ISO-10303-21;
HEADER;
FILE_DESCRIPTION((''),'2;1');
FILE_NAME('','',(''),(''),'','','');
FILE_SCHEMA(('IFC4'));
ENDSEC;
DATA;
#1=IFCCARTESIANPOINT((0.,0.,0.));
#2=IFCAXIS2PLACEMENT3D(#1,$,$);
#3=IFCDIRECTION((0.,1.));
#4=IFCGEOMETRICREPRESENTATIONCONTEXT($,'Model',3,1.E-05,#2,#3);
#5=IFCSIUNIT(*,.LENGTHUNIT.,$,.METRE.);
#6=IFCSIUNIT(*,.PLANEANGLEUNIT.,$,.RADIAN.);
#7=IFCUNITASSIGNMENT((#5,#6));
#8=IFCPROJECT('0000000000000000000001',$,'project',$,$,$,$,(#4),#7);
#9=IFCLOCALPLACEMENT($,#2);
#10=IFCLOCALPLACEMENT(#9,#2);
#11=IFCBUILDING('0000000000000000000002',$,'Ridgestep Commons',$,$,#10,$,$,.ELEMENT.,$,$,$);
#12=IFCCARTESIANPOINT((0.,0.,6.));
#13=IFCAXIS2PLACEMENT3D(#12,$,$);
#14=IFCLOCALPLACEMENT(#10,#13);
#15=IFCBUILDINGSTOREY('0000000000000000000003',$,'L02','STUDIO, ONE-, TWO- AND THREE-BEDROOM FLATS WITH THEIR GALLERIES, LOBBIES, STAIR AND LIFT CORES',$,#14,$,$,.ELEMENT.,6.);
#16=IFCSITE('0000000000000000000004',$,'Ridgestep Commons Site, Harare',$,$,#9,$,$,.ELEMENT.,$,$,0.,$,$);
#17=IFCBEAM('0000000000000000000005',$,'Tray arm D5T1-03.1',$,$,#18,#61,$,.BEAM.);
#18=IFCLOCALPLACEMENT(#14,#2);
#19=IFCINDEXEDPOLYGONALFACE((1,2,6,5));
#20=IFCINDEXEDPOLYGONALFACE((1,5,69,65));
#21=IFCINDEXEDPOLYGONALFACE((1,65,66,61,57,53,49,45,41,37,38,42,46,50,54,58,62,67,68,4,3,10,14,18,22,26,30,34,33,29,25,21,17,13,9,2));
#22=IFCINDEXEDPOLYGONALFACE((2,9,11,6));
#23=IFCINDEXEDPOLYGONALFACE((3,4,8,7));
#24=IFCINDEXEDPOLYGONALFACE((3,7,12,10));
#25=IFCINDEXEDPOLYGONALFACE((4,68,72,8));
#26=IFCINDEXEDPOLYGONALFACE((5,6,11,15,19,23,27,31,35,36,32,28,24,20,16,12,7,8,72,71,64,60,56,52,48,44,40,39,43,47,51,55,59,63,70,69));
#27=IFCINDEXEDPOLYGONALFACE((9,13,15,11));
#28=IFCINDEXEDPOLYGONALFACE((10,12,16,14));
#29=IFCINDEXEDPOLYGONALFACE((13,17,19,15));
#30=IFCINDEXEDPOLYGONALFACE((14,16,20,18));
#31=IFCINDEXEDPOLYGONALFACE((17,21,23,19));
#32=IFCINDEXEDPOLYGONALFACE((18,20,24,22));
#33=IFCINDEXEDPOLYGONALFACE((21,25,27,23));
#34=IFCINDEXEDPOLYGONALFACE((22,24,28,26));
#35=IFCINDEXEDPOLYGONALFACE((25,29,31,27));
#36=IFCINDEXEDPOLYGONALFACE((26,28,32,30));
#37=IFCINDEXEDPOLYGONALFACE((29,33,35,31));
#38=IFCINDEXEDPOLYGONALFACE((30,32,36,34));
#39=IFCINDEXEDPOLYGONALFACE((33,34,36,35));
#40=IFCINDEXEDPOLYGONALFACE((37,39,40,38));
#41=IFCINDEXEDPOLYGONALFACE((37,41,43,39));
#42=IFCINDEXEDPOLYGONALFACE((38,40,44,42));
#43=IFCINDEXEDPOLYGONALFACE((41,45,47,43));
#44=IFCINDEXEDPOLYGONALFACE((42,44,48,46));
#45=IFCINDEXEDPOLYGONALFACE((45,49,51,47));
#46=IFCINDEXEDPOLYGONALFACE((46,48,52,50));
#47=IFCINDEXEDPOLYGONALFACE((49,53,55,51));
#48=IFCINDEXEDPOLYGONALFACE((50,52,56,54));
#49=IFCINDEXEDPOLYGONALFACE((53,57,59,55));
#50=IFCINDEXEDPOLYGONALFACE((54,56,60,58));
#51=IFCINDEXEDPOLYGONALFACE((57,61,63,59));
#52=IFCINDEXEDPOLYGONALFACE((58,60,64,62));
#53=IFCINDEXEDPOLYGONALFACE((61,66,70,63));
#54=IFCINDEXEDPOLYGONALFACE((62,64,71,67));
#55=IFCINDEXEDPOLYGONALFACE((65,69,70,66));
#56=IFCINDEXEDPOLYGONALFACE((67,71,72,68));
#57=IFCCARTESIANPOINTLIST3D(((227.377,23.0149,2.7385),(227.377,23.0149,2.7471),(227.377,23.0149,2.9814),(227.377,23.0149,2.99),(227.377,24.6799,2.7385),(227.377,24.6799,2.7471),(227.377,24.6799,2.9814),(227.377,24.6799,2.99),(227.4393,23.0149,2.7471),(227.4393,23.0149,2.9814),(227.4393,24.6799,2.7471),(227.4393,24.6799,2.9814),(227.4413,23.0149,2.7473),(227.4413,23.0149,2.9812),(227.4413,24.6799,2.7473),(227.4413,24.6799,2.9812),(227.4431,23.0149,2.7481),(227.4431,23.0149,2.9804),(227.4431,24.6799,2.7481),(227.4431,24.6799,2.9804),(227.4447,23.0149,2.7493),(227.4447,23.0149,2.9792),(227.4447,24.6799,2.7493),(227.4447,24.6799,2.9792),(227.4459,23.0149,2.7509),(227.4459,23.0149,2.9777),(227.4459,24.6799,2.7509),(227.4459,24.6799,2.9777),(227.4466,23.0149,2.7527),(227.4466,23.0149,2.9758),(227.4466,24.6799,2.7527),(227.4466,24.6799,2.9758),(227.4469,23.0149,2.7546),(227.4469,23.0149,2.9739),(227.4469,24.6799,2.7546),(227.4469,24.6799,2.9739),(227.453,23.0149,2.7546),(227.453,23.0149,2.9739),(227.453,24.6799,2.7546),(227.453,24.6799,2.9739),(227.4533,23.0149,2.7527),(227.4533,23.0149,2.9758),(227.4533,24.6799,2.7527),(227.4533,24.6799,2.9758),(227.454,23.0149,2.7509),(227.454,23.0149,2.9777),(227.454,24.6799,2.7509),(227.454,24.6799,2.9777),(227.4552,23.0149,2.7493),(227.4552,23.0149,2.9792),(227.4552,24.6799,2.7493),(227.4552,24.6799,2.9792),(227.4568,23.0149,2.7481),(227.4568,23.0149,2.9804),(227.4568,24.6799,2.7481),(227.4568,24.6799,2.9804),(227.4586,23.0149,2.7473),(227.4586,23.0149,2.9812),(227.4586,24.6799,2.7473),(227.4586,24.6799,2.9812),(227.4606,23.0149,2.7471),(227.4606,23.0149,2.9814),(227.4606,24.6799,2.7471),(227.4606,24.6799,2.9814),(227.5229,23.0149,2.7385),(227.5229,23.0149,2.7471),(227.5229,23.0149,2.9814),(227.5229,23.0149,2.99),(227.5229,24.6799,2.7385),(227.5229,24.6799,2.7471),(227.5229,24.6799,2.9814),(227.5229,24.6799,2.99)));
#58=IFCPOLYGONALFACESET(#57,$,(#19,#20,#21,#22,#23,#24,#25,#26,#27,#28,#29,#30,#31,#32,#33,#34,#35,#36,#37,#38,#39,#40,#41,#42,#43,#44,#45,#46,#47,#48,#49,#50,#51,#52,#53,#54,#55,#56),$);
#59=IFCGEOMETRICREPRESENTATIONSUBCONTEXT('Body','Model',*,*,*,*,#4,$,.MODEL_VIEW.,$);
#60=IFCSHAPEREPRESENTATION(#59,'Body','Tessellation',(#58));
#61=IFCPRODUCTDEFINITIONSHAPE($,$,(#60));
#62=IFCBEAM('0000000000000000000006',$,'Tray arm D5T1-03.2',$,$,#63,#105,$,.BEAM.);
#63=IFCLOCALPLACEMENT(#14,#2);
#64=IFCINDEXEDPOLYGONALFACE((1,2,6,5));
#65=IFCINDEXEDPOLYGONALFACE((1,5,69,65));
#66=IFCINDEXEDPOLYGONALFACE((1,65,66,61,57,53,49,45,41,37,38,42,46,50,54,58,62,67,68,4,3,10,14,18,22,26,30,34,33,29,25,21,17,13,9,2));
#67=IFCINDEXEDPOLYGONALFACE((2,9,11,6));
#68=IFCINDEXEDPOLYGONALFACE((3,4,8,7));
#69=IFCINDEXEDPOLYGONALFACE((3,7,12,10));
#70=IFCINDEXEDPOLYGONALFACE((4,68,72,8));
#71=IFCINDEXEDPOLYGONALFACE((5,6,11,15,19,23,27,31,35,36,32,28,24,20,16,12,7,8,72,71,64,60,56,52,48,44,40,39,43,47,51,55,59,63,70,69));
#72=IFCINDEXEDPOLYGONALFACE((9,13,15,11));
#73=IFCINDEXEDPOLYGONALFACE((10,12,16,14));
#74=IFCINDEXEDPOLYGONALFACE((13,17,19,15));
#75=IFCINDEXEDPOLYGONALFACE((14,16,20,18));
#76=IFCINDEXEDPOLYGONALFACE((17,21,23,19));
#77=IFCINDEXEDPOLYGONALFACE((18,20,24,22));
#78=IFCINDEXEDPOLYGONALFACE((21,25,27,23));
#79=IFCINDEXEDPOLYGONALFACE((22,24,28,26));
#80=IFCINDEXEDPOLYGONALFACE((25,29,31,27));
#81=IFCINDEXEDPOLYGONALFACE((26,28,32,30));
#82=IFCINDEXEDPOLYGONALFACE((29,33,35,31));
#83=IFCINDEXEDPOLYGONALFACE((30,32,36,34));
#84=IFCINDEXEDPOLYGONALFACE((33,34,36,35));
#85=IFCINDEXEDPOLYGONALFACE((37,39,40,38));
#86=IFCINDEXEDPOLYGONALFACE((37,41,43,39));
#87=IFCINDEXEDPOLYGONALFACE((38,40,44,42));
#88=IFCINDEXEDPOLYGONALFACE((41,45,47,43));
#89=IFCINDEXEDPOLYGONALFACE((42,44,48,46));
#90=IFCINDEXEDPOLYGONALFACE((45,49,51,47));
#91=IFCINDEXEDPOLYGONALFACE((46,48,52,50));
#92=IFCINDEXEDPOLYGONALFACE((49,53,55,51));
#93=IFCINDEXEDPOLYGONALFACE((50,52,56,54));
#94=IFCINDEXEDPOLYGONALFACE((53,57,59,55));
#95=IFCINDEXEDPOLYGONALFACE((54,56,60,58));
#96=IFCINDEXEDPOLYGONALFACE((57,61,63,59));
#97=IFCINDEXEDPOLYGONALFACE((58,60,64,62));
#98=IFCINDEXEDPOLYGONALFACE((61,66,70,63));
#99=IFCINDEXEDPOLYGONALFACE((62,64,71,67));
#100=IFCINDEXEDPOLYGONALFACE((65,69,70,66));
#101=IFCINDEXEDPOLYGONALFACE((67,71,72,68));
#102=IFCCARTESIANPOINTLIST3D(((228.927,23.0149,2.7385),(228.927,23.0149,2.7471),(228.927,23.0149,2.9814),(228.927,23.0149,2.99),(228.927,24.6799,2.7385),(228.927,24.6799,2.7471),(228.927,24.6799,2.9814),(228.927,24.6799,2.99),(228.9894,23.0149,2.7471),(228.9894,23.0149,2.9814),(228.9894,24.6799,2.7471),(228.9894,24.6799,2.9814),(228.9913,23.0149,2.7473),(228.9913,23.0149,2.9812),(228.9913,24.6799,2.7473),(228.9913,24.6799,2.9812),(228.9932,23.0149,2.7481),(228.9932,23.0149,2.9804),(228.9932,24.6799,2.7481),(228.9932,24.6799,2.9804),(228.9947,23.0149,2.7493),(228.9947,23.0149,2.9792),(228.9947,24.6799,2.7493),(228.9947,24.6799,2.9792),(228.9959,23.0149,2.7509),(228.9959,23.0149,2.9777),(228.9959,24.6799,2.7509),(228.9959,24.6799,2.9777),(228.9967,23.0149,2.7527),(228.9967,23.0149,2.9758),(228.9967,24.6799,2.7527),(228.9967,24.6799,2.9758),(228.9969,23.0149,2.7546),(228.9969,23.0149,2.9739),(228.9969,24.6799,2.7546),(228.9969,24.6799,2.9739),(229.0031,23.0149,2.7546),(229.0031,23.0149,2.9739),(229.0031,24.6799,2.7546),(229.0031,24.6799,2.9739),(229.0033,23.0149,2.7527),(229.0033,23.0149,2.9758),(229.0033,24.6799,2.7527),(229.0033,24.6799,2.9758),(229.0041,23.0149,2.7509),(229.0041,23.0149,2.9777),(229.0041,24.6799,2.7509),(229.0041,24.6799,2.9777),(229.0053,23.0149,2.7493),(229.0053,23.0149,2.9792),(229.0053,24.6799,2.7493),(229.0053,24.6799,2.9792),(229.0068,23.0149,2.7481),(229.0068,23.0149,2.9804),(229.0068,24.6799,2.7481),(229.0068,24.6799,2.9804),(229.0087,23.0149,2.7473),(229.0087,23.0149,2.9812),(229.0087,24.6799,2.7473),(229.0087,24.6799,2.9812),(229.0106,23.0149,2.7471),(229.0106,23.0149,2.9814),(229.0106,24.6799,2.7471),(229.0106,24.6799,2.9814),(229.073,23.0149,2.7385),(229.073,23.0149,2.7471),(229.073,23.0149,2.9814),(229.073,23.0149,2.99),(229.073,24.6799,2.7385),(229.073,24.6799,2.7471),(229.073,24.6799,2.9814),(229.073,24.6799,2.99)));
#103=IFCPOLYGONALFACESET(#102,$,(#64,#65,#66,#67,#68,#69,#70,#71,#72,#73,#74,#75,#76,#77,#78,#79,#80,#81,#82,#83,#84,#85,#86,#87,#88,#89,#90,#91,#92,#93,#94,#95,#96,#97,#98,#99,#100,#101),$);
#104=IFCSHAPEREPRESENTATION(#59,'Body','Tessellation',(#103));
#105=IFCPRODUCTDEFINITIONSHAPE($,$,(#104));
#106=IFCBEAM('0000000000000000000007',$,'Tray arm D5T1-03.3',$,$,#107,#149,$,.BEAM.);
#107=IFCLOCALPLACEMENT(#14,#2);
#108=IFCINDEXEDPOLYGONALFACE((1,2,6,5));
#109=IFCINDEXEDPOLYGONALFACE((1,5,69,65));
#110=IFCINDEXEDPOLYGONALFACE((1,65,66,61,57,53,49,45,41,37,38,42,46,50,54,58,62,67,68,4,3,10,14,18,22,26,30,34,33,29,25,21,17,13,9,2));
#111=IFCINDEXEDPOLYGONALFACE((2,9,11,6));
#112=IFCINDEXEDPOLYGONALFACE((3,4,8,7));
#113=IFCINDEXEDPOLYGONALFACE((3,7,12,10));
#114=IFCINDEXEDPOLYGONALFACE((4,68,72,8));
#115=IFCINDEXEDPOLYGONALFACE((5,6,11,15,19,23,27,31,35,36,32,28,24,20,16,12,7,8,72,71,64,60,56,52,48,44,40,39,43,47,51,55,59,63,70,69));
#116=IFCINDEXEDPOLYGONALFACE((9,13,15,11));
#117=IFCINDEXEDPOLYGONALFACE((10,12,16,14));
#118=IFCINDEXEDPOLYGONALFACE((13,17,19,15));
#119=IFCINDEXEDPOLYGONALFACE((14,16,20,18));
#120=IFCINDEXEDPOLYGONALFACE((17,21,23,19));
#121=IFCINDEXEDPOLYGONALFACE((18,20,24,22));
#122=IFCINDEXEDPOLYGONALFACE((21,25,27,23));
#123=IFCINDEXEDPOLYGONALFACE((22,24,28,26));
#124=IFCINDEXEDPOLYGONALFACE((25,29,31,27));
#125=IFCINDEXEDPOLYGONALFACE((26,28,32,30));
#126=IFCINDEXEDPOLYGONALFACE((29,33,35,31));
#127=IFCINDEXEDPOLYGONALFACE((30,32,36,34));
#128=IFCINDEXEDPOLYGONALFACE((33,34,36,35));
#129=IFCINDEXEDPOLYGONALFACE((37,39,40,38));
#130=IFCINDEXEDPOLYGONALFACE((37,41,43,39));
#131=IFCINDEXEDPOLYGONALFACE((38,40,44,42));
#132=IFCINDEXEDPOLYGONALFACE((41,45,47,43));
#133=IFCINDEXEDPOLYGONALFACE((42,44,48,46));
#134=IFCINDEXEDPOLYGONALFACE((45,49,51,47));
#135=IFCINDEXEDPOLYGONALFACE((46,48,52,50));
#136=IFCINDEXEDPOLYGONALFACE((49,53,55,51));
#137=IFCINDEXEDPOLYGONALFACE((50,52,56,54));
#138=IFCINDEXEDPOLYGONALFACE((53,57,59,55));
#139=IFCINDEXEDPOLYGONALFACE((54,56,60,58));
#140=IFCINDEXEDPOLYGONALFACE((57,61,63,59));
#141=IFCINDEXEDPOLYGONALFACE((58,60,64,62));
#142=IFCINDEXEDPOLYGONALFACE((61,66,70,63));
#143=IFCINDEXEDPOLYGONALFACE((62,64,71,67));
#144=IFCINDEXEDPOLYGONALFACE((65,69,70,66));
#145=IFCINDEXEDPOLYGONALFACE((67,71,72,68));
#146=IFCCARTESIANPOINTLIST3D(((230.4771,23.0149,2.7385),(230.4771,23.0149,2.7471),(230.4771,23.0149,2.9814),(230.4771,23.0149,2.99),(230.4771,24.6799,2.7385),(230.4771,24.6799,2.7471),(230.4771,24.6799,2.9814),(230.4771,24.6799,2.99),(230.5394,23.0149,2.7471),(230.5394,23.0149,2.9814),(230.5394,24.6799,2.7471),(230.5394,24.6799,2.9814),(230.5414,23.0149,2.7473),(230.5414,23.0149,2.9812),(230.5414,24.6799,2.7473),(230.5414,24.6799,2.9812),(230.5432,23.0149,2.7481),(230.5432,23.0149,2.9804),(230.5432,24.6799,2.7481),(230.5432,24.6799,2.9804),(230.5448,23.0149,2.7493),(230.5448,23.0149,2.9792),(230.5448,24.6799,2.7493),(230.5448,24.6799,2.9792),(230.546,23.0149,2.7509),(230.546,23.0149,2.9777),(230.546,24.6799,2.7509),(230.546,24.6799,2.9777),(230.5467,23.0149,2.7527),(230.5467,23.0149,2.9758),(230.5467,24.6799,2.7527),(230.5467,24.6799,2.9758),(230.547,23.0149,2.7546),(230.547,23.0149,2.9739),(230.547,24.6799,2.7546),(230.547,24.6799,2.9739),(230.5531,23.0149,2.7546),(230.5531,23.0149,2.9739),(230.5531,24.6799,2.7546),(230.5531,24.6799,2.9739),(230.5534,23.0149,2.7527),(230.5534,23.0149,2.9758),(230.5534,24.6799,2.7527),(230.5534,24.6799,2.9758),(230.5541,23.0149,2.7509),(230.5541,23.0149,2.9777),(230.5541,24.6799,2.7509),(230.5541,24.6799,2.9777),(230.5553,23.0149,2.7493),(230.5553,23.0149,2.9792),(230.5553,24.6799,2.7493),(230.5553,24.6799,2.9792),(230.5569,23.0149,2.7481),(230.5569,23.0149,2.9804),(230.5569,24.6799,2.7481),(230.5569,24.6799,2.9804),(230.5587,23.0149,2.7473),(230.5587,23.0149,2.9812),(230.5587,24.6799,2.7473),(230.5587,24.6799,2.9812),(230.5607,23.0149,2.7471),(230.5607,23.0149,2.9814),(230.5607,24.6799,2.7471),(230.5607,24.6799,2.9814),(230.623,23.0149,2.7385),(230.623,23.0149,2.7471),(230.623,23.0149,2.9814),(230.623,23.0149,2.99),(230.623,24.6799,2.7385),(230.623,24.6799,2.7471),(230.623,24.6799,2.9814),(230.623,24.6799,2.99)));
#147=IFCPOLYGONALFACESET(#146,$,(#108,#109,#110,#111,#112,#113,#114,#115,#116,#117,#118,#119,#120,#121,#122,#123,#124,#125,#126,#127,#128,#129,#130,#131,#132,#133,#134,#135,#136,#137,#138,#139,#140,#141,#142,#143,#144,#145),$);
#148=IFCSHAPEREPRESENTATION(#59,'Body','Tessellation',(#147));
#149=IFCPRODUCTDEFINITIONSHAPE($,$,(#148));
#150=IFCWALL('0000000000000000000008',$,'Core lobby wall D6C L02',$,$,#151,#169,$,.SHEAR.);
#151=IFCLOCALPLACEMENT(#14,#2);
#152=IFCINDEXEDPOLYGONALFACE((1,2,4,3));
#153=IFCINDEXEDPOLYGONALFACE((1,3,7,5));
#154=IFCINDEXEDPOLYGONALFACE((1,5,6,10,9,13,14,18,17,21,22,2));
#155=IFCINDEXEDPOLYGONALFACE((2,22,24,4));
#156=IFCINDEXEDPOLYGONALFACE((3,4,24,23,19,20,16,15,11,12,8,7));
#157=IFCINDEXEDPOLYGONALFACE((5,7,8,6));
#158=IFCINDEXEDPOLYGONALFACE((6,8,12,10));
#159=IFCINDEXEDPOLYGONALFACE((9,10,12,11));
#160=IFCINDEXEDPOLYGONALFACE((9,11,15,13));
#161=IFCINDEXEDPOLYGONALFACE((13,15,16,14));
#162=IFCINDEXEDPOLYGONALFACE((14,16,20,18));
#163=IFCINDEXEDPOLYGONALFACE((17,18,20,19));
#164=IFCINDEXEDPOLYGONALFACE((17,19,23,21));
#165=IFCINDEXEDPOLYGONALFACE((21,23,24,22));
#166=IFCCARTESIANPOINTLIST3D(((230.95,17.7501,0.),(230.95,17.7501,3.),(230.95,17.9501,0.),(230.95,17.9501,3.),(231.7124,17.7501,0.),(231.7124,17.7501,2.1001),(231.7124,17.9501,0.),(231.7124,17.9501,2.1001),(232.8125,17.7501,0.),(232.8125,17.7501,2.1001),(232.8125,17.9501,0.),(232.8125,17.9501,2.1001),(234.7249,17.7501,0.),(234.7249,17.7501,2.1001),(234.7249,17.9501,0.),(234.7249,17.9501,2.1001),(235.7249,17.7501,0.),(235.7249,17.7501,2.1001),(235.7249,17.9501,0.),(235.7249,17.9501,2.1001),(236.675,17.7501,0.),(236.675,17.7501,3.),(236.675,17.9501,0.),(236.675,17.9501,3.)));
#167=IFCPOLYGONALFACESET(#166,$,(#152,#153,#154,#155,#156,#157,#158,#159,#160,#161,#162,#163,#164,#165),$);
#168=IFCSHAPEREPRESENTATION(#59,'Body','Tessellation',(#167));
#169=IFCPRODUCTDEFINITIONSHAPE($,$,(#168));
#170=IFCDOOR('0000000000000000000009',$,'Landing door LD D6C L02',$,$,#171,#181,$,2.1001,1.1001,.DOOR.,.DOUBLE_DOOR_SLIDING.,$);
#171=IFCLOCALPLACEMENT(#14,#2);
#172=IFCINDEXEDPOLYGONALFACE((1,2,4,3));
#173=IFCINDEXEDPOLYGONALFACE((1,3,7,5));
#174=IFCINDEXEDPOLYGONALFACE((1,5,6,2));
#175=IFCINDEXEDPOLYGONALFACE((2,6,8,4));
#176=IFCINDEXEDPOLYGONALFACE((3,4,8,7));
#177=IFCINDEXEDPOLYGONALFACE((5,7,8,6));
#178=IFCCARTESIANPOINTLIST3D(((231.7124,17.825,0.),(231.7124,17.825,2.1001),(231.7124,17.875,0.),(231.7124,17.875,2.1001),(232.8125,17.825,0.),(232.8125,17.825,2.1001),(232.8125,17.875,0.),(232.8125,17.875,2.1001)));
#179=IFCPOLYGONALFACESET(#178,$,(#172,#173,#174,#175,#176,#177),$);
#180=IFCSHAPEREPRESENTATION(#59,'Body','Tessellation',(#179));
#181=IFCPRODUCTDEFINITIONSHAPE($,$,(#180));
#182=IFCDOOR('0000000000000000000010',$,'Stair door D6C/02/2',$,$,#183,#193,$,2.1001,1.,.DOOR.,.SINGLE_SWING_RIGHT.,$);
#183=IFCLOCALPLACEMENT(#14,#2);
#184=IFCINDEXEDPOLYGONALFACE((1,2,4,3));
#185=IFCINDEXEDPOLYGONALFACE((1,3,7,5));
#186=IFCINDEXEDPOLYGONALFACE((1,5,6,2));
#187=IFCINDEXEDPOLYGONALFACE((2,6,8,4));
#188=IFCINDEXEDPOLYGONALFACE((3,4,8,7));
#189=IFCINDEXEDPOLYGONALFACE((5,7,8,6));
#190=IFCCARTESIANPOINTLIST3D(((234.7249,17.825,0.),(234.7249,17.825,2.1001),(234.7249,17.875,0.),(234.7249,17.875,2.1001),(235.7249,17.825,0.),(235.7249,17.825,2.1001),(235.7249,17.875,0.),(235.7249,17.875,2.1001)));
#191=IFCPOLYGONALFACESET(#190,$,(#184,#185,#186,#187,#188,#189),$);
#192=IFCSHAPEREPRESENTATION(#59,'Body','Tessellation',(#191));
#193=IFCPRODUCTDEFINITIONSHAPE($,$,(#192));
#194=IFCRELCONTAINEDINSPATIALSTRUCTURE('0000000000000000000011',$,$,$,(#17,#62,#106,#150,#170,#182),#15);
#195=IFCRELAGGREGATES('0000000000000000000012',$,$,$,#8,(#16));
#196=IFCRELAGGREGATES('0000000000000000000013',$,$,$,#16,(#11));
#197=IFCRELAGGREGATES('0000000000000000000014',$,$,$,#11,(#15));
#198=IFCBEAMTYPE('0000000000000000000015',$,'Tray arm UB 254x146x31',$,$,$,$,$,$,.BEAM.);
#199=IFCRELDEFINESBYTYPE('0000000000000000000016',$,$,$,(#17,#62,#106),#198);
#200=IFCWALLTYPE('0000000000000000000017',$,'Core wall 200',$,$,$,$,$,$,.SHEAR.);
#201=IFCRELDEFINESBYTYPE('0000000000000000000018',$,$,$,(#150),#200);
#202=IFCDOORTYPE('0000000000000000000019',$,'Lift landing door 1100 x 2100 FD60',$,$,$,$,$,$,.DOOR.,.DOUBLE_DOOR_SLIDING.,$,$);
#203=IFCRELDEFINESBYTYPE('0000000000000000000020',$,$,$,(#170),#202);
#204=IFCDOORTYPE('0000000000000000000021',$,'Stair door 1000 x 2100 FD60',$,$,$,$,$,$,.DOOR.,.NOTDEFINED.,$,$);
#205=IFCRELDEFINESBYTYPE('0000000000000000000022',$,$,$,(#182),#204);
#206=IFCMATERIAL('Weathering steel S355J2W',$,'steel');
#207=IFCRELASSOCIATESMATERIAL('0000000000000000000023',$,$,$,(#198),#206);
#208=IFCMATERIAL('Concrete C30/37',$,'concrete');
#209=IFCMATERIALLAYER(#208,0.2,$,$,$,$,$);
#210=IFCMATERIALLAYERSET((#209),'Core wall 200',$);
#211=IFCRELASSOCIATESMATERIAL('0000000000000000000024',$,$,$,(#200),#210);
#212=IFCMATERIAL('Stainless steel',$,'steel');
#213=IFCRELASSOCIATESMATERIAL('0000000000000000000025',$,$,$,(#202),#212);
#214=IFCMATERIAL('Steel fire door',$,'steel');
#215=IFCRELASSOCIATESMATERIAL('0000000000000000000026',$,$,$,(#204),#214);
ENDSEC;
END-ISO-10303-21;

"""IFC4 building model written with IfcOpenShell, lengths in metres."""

from ifc_helpers import new_model, si_unit, direction, frame, frame_2d, origin, origin_2d, place, context, subcontext, project, spatial, rectangle, i_section, extrude, material, layer, layer_set, material_profile, profile_set, type_object, element, fill, save


model = new_model("IFC4")

# Units and contexts
model_context = context("Model", 3, precision=1e-05, world=origin(), true_north=direction((0.0, 1.0)))
body_context = subcontext(model_context, "Body", "Model", "MODEL_VIEW")
ifc_project = project(units=[si_unit("LENGTHUNIT", "METRE"), si_unit("PLANEANGLEUNIT", "RADIAN")], contexts=[model_context])

# Site, building, storey
site_placement = place(None, origin())
site = spatial("IfcSite", under=ifc_project, at=site_placement, Name="Ridgestep Commons Site, Harare", CompositionType="ELEMENT", RefElevation=0.0)
building_placement = place(site_placement, origin())
building = spatial("IfcBuilding", under=site, at=building_placement, Name="Ridgestep Commons", CompositionType="ELEMENT")
storey_placement = place(building_placement, frame((0.0, 0.0, 6.0)))
storey = spatial("IfcBuildingStorey", under=building, at=storey_placement, Name="L02", Description="STUDIO, ONE-, TWO- AND THREE-BEDROOM FLATS WITH THEIR GALLERIES, LOBBIES, STAIR AND LIFT CORES", CompositionType="ELEMENT", Elevation=6.0)

# Beams
ifc_material_1 = material(Name="Weathering steel S355J2W", Category="steel")
ifc_material_profile = material_profile(ifc_material_1, i_section(OverallWidth=0.146, OverallDepth=0.2515, WebThickness=0.0061, FlangeThickness=0.0085, FilletRadius=0.0076, at=origin_2d()), Name="UB 254x146x31")
ifc_profile_set = profile_set([ifc_material_profile], Name="Weathering steel S355J2W")
beam_type = type_object("IfcBeamType", Name="Tray arm UB 254x146x31", PredefinedType="BEAM", material=ifc_profile_set)
for number, where, z_axis, x_axis, name in (
    (1, (227.45, 23.0149, 2.8643), (0.0, 1.0, 0.0), (-1.0, 0.0, 0.0), "Tray arm D5T1-03.1"),
    (2, (229.0, 23.0149, 2.8643), (0.0, 1.0, 0.0), (-1.0, 0.0, 0.0), "Tray arm D5T1-03.2"),
    (3, (230.55, 23.0149, 2.8643), (0.0, 1.0, 0.0), (-1.0, 0.0, 0.0), "Tray arm D5T1-03.3"),
):
    element("IfcBeam", number, at=place(storey_placement, frame(where, z_axis=z_axis, x_axis=x_axis)), inside=storey, type_object=beam_type, Name=name, PredefinedType="BEAM", context=body_context, shape_type="SweptSolid", body=[
        extrude(i_section(OverallWidth=0.146, OverallDepth=0.2515, WebThickness=0.0061, FlangeThickness=0.0085, FilletRadius=0.0076, at=origin_2d()), origin(), (0.0, 0.0, 1.0), 1.665),
    ])

# Wall, openings, doors
ifc_material_2 = material(Name="Concrete C30/37", Category="concrete")
ifc_layer_1 = layer(ifc_material_2, 0.2)
ifc_layer_set_1 = layer_set([ifc_layer_1], Name="Core wall 200")
wall_type_1 = type_object("IfcWallType", Name="Core wall 200", PredefinedType="SHEAR", material=ifc_layer_set_1)
wall_1_placement = place(storey_placement, frame((230.95, 17.8501, 0.0), z_axis=(0.0, 0.0, 1.0), x_axis=(1.0, 0.0, 0.0)))
wall_1 = element("IfcWall", 4, at=wall_1_placement, inside=storey, type_object=wall_type_1, Name="Core lobby wall D6C L02", PredefinedType="SHEAR", context=body_context, shape_type="SweptSolid", body=[
    extrude(rectangle(XDim=5.7251, YDim=0.2, at=frame_2d((2.8625, 0.0))), origin(), (0.0, 0.0, 1.0), 3.0),
])
opening_1_placement = place(wall_1_placement, frame((3.7749, 0.0, 0.0)))
opening_1 = element("IfcOpeningElement", 5, at=opening_1_placement, cuts=wall_1, PredefinedType="OPENING", context=body_context, shape_type="SweptSolid", body=[
    extrude(rectangle(XDim=1.0, YDim=2.1001, at=frame_2d((0.5, 1.05))), frame((0.0, 0.1099, 0.0), z_axis=(0.0, -1.0, 0.0), x_axis=(1.0, 0.0, 0.0)), (0.0, 0.0, 1.0), 0.22),
])
opening_2_placement = place(wall_1_placement, frame((0.7625, 0.0, 0.0)))
opening_2 = element("IfcOpeningElement", 6, at=opening_2_placement, cuts=wall_1, PredefinedType="OPENING", context=body_context, shape_type="SweptSolid", body=[
    extrude(rectangle(XDim=1.1001, YDim=2.1001, at=frame_2d((0.55, 1.05))), frame((0.0, 0.1099, 0.0), z_axis=(0.0, -1.0, 0.0), x_axis=(1.0, 0.0, 0.0)), (0.0, 0.0, 1.0), 0.22),
])
ifc_material_3 = material(Name="Stainless steel", Category="steel")
door_type_1 = type_object("IfcDoorType", Name="Lift landing door 1100 x 2100 FD60", OperationType="DOUBLE_DOOR_SLIDING", PredefinedType="DOOR", material=ifc_material_3)
door_1_placement = place(opening_2_placement, origin())
door_1 = element("IfcDoor", 7, at=door_1_placement, inside=storey, type_object=door_type_1, Name="Landing door LD D6C L02", OperationType="DOUBLE_DOOR_SLIDING", OverallHeight=2.1001, OverallWidth=1.1001, PredefinedType="DOOR", context=body_context, shape_type="SweptSolid", body=[
    extrude(rectangle(XDim=1.1001, YDim=2.1001, at=frame_2d((0.55, 1.05))), frame((0.0, 0.0249, 0.0), z_axis=(0.0, -1.0, 0.0), x_axis=(1.0, 0.0, 0.0)), (0.0, 0.0, 1.0), 0.05),
])
fill(opening_2, door_1)
ifc_material_4 = material(Name="Steel fire door", Category="steel")
door_type_2 = type_object("IfcDoorType", Name="Stair door 1000 x 2100 FD60", OperationType="NOTDEFINED", PredefinedType="DOOR", material=ifc_material_4)
door_2_placement = place(opening_1_placement, origin())
door_2 = element("IfcDoor", 8, at=door_2_placement, inside=storey, type_object=door_type_2, Name="Stair door D6C/02/2", OperationType="SINGLE_SWING_RIGHT", OverallHeight=2.1001, OverallWidth=1.0, PredefinedType="DOOR", context=body_context, shape_type="SweptSolid", body=[
    extrude(rectangle(XDim=1.0, YDim=2.1001, at=frame_2d((0.5, 1.05))), frame((0.0, 0.0249, 0.0), z_axis=(0.0, -1.0, 0.0), x_axis=(1.0, 0.0, 0.0)), (0.0, 0.0, 1.0), 0.05),
])
fill(opening_1, door_2)

save(model, "model.ifc")
